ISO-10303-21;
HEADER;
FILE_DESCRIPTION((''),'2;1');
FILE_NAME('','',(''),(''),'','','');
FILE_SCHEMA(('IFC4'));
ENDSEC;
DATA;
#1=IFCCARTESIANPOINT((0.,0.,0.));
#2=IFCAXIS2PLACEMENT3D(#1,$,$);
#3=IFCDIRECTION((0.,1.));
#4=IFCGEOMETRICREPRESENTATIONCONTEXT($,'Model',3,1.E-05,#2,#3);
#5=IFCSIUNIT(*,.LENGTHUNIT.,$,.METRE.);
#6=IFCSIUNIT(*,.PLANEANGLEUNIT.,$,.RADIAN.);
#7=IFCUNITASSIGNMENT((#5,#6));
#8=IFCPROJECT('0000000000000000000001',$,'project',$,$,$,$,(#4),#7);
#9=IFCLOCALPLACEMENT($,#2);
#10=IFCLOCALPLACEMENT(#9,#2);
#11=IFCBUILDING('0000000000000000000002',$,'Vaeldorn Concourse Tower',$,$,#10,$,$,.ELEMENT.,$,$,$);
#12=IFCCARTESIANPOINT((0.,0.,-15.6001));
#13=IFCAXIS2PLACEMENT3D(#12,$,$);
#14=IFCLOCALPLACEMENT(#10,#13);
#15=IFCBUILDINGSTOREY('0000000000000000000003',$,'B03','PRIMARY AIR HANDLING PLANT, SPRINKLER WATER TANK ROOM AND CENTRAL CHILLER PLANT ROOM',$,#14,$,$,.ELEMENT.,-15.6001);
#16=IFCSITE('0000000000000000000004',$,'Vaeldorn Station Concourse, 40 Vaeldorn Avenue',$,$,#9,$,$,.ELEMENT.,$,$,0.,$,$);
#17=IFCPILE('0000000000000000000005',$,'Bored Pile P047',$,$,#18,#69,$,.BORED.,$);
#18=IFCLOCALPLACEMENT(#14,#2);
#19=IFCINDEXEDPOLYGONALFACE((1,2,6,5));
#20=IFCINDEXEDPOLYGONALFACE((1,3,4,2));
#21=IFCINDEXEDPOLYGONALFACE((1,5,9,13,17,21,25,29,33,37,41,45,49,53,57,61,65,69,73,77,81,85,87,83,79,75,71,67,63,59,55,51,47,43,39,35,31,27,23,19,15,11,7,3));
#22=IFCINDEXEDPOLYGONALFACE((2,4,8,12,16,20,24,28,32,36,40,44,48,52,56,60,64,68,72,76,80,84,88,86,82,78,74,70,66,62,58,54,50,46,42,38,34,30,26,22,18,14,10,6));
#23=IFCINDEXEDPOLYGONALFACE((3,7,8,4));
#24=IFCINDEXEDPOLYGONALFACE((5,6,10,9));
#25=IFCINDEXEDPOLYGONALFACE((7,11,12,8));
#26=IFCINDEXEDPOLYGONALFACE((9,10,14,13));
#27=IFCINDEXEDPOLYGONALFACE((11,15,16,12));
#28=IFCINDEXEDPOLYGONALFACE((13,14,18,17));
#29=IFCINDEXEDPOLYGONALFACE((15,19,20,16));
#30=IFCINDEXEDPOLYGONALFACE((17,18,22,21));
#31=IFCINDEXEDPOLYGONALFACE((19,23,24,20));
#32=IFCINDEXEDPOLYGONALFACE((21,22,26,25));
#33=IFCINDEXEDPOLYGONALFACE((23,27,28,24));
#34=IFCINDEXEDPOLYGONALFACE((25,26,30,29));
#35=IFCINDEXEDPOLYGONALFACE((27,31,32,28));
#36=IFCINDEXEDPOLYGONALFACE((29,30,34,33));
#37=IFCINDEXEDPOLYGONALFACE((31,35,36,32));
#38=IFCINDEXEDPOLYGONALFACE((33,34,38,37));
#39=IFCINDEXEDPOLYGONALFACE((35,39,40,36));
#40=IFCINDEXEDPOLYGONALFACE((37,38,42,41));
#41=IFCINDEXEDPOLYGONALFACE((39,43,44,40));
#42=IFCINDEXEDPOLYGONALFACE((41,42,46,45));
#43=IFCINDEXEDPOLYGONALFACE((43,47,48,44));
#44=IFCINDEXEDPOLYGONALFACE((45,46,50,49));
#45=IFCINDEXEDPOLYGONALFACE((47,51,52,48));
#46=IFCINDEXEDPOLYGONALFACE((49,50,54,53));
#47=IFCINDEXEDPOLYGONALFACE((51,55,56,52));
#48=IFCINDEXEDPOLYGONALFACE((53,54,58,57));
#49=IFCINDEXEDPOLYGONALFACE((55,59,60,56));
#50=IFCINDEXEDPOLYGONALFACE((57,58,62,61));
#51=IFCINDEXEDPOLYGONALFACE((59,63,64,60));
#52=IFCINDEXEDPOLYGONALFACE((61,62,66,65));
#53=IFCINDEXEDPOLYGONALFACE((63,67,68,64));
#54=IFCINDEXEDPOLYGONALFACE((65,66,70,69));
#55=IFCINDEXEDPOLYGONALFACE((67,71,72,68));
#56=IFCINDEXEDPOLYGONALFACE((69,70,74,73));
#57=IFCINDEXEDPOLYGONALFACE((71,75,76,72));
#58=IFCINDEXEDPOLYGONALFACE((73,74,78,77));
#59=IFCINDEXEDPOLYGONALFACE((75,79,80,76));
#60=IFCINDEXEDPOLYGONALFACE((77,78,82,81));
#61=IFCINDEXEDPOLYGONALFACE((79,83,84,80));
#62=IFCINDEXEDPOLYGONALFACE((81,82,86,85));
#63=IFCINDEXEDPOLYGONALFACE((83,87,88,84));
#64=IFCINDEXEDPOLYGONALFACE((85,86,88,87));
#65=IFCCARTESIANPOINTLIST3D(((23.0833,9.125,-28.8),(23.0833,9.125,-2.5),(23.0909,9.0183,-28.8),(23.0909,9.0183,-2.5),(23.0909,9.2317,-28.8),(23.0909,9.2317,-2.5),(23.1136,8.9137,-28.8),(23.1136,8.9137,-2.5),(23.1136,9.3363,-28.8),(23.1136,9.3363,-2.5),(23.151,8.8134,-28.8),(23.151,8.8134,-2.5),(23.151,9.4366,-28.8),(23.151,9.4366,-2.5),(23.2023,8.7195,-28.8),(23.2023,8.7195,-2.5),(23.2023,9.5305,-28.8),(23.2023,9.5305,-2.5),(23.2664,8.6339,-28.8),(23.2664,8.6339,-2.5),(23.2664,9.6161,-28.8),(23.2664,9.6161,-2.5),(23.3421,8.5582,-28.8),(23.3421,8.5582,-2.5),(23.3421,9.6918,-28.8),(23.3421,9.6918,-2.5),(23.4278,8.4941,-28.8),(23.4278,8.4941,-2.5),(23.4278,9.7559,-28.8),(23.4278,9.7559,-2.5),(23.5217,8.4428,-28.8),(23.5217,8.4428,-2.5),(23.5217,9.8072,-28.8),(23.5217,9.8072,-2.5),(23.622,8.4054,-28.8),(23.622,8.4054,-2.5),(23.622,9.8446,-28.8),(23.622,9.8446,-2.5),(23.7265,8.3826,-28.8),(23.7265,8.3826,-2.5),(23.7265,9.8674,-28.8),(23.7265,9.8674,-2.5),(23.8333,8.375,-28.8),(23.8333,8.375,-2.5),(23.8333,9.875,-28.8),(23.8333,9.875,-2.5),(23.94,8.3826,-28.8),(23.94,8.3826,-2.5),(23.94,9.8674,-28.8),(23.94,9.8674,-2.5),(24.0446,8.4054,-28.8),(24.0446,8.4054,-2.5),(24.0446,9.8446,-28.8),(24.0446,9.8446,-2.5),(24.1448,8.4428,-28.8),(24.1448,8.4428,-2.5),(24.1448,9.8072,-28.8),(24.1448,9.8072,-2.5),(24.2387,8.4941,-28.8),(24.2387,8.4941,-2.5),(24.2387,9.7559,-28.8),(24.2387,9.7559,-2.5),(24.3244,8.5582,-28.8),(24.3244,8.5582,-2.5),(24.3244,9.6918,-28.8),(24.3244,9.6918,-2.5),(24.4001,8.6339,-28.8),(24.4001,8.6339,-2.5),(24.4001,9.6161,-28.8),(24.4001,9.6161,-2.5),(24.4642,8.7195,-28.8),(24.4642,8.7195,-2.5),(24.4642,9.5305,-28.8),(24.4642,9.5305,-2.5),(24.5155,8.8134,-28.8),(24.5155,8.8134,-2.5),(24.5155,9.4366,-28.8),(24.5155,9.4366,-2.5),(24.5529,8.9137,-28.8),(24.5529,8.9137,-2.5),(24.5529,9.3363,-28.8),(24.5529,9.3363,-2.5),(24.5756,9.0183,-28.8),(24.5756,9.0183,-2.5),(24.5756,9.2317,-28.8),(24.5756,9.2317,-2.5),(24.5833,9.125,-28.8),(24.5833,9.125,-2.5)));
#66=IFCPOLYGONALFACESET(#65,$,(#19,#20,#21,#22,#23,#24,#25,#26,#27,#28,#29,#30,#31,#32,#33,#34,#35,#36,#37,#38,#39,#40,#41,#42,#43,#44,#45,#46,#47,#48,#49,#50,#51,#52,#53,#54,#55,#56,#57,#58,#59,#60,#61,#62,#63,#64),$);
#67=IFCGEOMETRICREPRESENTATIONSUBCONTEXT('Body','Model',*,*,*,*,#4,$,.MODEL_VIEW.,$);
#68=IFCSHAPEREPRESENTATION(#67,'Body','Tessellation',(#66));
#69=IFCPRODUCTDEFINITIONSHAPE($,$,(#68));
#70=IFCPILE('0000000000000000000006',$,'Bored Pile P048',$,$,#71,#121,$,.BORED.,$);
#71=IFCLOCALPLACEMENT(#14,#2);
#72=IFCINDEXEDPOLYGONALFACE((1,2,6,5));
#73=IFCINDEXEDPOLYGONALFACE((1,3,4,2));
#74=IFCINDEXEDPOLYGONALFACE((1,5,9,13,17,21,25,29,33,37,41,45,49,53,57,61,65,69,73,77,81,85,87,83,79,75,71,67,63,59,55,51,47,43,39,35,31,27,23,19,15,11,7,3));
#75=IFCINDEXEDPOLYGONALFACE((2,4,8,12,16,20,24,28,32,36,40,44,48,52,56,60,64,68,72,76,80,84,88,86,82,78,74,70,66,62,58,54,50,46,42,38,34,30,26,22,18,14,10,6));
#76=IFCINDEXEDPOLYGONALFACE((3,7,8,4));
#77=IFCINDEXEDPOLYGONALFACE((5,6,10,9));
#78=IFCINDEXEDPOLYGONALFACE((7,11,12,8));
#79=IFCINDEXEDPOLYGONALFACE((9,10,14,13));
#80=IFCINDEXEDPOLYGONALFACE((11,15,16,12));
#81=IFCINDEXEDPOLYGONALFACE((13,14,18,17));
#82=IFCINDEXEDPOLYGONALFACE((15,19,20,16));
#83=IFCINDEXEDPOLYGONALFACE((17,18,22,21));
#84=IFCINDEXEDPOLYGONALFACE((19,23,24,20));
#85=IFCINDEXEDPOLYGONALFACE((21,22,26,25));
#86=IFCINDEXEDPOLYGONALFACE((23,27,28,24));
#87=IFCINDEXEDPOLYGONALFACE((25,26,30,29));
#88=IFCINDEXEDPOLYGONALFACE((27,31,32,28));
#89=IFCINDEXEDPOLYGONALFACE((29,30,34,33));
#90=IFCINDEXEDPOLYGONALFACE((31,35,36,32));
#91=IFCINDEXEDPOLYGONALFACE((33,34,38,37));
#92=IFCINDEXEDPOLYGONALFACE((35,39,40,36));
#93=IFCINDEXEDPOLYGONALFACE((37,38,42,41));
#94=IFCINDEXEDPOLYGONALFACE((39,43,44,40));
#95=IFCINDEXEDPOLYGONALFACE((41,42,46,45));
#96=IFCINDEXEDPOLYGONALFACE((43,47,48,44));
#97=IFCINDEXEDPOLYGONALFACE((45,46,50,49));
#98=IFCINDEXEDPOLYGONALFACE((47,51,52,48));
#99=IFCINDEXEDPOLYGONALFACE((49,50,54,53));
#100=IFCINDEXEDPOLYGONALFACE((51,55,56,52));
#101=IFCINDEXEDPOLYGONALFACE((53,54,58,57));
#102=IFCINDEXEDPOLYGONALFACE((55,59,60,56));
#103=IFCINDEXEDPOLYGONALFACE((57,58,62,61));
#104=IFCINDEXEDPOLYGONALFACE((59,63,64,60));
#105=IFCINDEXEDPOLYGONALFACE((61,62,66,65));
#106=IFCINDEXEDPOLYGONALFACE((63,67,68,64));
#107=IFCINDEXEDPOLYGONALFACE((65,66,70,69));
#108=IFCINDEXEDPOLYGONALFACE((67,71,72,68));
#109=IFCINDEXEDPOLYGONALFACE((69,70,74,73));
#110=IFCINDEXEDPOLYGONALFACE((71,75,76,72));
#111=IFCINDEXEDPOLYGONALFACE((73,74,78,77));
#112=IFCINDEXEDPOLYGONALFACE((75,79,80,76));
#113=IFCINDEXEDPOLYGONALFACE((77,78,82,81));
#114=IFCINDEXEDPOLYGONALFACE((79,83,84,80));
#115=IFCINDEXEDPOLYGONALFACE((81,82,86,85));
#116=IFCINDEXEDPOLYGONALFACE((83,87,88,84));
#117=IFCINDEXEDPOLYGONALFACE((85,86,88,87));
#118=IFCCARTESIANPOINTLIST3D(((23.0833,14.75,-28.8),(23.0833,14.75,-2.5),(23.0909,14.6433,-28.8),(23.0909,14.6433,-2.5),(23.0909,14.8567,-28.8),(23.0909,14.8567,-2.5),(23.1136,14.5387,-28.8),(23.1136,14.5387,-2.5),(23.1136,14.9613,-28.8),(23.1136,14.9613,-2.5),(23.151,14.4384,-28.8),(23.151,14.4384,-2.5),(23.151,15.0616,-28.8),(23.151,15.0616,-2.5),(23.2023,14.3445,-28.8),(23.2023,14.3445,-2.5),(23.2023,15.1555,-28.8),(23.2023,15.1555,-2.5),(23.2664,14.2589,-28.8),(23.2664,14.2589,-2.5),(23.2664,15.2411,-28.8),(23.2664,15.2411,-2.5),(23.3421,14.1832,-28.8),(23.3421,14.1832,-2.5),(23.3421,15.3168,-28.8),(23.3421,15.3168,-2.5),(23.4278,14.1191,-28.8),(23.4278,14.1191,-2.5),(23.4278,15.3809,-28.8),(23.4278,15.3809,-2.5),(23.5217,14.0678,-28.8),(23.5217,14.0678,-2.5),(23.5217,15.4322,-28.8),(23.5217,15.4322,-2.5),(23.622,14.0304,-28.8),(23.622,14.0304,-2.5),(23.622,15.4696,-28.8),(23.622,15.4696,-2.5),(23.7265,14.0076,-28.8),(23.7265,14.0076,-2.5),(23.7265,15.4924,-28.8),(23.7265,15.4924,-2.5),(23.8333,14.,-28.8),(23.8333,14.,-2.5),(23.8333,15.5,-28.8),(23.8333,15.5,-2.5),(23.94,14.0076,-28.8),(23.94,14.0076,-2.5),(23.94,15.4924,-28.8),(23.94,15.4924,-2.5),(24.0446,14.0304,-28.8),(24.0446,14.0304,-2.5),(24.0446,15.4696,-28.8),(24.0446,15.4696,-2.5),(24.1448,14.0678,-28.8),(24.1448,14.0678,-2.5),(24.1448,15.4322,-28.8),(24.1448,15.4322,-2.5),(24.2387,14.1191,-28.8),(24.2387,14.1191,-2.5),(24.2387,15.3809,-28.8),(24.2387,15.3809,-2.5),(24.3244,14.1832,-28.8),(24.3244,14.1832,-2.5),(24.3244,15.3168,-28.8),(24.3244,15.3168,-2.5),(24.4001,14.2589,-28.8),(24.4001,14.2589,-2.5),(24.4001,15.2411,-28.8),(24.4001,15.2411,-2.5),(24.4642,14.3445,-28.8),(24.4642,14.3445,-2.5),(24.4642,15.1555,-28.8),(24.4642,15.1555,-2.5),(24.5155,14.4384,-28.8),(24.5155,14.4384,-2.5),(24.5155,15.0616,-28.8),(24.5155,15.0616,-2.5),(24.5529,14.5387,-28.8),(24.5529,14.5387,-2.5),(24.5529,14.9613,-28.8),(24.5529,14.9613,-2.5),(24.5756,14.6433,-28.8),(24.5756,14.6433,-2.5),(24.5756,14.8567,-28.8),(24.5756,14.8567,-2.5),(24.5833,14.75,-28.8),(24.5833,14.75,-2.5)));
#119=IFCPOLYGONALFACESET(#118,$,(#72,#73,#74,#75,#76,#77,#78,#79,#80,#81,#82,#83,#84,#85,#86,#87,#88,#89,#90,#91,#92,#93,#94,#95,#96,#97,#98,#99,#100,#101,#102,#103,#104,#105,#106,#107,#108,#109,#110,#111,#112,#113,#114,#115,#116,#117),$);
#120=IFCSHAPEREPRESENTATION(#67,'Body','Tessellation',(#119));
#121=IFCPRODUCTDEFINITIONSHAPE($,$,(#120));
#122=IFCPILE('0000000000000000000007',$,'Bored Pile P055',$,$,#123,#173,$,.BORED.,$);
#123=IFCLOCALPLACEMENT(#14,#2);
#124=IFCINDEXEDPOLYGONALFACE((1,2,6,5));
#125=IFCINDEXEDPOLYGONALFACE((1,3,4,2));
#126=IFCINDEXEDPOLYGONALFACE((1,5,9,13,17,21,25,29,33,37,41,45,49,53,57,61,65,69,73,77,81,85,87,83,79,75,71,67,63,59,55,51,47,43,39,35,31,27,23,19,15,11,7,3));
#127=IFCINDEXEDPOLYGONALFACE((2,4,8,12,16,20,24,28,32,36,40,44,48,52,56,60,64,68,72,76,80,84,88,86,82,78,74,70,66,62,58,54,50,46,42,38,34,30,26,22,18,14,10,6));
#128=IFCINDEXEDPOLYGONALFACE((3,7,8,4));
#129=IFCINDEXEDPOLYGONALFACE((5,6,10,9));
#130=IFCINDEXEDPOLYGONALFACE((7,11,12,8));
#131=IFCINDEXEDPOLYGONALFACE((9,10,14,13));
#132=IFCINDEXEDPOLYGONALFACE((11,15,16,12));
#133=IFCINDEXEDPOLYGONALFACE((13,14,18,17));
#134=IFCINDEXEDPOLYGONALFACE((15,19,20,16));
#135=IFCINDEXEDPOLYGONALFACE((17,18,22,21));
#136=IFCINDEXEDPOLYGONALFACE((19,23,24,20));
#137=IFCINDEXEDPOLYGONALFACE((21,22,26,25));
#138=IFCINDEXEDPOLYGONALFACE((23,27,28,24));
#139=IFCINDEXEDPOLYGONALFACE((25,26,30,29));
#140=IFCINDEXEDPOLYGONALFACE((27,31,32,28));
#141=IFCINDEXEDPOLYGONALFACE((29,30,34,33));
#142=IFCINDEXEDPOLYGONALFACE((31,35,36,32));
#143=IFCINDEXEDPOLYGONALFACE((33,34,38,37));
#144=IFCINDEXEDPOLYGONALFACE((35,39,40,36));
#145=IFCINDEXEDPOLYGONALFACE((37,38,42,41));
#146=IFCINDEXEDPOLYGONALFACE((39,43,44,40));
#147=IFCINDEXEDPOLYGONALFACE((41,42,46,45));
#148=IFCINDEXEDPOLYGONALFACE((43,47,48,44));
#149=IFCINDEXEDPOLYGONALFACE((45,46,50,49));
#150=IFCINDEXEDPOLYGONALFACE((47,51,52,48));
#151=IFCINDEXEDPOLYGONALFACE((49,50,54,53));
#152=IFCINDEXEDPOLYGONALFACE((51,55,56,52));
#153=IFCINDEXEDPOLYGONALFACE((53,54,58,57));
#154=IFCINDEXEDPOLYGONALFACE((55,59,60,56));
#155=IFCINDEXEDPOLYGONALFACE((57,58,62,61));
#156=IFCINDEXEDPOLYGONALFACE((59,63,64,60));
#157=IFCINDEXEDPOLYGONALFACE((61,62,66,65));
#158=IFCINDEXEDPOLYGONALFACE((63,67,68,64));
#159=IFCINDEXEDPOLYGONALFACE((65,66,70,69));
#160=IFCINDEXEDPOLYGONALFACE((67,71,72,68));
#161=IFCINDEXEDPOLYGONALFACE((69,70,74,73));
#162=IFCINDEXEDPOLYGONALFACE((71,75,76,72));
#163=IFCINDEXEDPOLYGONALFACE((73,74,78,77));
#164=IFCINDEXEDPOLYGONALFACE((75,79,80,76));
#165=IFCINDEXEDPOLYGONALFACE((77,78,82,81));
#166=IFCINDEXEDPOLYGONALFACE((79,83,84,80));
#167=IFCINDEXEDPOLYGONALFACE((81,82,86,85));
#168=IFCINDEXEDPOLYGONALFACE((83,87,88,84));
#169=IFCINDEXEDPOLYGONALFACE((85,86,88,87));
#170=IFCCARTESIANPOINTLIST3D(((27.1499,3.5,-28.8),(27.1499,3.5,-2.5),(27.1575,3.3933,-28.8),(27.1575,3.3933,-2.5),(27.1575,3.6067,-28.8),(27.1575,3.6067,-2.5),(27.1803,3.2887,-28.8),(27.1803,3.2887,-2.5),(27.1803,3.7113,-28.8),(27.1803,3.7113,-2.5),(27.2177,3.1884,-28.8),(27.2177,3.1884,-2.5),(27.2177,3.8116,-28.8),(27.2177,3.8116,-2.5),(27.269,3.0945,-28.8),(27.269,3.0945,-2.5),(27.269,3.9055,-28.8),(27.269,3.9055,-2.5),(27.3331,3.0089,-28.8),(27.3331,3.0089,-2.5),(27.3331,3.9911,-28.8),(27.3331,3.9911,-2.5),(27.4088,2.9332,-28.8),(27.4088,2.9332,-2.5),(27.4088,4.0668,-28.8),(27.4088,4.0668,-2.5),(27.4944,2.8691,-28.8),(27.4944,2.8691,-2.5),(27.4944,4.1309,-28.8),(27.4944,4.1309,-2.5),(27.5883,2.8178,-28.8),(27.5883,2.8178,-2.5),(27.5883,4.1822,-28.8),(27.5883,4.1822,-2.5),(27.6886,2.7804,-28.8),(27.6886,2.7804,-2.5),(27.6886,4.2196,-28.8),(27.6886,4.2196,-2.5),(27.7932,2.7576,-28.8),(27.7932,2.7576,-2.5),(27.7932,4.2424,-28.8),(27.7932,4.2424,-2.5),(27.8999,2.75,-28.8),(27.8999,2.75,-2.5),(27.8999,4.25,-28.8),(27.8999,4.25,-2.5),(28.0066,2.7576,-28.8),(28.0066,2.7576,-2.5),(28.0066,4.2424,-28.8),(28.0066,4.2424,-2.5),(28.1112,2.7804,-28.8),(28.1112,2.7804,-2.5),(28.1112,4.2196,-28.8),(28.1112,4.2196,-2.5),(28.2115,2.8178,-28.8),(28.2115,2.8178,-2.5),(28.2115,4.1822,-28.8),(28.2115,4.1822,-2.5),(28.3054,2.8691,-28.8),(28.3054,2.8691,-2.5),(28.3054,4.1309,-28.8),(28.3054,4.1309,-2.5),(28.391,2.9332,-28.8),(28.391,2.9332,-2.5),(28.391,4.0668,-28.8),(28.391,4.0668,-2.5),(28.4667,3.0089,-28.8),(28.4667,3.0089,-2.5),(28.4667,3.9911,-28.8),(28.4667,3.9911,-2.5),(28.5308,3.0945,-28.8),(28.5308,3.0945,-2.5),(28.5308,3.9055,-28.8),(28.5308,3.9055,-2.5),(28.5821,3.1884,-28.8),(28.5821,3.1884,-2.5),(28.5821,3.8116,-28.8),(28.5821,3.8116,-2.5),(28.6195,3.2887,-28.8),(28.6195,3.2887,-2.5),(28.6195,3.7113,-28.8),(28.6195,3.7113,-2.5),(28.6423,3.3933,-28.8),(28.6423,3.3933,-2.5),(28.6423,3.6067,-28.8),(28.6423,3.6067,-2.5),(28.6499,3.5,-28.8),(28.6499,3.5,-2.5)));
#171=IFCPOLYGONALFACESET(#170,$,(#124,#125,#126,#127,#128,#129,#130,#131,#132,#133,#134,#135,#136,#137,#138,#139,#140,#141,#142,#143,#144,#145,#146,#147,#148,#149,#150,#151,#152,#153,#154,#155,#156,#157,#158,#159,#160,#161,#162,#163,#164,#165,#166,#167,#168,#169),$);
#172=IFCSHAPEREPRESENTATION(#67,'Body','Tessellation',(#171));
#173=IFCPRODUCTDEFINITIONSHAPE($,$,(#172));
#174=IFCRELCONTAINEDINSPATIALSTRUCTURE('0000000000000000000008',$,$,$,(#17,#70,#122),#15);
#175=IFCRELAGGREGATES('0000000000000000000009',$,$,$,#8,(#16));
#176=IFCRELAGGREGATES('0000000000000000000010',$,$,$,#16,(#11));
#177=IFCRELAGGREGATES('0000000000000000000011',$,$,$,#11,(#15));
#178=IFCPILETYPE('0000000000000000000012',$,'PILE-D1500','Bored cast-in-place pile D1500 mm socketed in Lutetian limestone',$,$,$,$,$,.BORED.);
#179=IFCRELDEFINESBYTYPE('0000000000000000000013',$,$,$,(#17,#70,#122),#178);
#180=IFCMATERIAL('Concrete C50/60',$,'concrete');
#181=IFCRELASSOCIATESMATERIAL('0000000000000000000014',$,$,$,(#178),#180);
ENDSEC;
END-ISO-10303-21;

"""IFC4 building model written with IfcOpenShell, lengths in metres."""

from ifc_helpers import new_model, si_unit, direction, frame, origin, origin_2d, place, context, subcontext, project, spatial, circle, extrude, material, material_profile, profile_set, type_object, element, save


model = new_model("IFC4")

# Units and contexts
model_context = context("Model", 3, precision=1e-05, world=origin(), true_north=direction((0.0, 1.0)))
body_context = subcontext(model_context, "Body", "Model", "MODEL_VIEW")
ifc_project = project(units=[si_unit("LENGTHUNIT", "METRE"), si_unit("PLANEANGLEUNIT", "RADIAN")], contexts=[model_context])

# Site, building, storey
site_placement = place(None, origin())
site = spatial("IfcSite", under=ifc_project, at=site_placement, Name="Vaeldorn Station Concourse, 40 Vaeldorn Avenue", CompositionType="ELEMENT", RefElevation=0.0)
building_placement = place(site_placement, origin())
building = spatial("IfcBuilding", under=site, at=building_placement, Name="Vaeldorn Concourse Tower", CompositionType="ELEMENT")
storey_placement = place(building_placement, frame((0.0, 0.0, -15.6001)))
storey = spatial("IfcBuildingStorey", under=building, at=storey_placement, Name="B03", Description="PRIMARY AIR HANDLING PLANT, SPRINKLER WATER TANK ROOM AND CENTRAL CHILLER PLANT ROOM", CompositionType="ELEMENT", Elevation=-15.6001)

# Piles
ifc_material_1 = material(Name="Concrete C50/60", Category="concrete")
ifc_material_profile_1 = material_profile(ifc_material_1, circle(Radius=0.75, at=origin_2d()), Name="BORED PILE D1500")
ifc_profile_set_1 = profile_set([ifc_material_profile_1], Name="Concrete C50/60")
pile_type = type_object("IfcPileType", Name="PILE-D1500", Description="Bored cast-in-place pile D1500 mm socketed in Lutetian limestone", PredefinedType="BORED", material=ifc_profile_set_1)
for number, where, z_axis, x_axis, name in (
    (1, (23.8333, 9.125, -2.5), (0.0, 0.0, -1.0), (1.0, 0.0, 0.0), "Bored Pile P047"),
    (2, (23.8333, 14.75, -2.5), (0.0, 0.0, -1.0), (1.0, 0.0, 0.0), "Bored Pile P048"),
    (3, (27.8999, 3.5, -2.5), (0.0, 0.0, -1.0), (1.0, 0.0, 0.0), "Bored Pile P055"),
):
    element("IfcPile", number, at=place(storey_placement, frame(where, z_axis=z_axis, x_axis=x_axis)), inside=storey, type_object=pile_type, Name=name, PredefinedType="BORED", context=body_context, shape_type="SweptSolid", body=[
        extrude(circle(Radius=0.75, at=origin_2d()), origin(), (0.0, 0.0, 1.0), 26.3),
    ])

save(model, "model.ifc")
